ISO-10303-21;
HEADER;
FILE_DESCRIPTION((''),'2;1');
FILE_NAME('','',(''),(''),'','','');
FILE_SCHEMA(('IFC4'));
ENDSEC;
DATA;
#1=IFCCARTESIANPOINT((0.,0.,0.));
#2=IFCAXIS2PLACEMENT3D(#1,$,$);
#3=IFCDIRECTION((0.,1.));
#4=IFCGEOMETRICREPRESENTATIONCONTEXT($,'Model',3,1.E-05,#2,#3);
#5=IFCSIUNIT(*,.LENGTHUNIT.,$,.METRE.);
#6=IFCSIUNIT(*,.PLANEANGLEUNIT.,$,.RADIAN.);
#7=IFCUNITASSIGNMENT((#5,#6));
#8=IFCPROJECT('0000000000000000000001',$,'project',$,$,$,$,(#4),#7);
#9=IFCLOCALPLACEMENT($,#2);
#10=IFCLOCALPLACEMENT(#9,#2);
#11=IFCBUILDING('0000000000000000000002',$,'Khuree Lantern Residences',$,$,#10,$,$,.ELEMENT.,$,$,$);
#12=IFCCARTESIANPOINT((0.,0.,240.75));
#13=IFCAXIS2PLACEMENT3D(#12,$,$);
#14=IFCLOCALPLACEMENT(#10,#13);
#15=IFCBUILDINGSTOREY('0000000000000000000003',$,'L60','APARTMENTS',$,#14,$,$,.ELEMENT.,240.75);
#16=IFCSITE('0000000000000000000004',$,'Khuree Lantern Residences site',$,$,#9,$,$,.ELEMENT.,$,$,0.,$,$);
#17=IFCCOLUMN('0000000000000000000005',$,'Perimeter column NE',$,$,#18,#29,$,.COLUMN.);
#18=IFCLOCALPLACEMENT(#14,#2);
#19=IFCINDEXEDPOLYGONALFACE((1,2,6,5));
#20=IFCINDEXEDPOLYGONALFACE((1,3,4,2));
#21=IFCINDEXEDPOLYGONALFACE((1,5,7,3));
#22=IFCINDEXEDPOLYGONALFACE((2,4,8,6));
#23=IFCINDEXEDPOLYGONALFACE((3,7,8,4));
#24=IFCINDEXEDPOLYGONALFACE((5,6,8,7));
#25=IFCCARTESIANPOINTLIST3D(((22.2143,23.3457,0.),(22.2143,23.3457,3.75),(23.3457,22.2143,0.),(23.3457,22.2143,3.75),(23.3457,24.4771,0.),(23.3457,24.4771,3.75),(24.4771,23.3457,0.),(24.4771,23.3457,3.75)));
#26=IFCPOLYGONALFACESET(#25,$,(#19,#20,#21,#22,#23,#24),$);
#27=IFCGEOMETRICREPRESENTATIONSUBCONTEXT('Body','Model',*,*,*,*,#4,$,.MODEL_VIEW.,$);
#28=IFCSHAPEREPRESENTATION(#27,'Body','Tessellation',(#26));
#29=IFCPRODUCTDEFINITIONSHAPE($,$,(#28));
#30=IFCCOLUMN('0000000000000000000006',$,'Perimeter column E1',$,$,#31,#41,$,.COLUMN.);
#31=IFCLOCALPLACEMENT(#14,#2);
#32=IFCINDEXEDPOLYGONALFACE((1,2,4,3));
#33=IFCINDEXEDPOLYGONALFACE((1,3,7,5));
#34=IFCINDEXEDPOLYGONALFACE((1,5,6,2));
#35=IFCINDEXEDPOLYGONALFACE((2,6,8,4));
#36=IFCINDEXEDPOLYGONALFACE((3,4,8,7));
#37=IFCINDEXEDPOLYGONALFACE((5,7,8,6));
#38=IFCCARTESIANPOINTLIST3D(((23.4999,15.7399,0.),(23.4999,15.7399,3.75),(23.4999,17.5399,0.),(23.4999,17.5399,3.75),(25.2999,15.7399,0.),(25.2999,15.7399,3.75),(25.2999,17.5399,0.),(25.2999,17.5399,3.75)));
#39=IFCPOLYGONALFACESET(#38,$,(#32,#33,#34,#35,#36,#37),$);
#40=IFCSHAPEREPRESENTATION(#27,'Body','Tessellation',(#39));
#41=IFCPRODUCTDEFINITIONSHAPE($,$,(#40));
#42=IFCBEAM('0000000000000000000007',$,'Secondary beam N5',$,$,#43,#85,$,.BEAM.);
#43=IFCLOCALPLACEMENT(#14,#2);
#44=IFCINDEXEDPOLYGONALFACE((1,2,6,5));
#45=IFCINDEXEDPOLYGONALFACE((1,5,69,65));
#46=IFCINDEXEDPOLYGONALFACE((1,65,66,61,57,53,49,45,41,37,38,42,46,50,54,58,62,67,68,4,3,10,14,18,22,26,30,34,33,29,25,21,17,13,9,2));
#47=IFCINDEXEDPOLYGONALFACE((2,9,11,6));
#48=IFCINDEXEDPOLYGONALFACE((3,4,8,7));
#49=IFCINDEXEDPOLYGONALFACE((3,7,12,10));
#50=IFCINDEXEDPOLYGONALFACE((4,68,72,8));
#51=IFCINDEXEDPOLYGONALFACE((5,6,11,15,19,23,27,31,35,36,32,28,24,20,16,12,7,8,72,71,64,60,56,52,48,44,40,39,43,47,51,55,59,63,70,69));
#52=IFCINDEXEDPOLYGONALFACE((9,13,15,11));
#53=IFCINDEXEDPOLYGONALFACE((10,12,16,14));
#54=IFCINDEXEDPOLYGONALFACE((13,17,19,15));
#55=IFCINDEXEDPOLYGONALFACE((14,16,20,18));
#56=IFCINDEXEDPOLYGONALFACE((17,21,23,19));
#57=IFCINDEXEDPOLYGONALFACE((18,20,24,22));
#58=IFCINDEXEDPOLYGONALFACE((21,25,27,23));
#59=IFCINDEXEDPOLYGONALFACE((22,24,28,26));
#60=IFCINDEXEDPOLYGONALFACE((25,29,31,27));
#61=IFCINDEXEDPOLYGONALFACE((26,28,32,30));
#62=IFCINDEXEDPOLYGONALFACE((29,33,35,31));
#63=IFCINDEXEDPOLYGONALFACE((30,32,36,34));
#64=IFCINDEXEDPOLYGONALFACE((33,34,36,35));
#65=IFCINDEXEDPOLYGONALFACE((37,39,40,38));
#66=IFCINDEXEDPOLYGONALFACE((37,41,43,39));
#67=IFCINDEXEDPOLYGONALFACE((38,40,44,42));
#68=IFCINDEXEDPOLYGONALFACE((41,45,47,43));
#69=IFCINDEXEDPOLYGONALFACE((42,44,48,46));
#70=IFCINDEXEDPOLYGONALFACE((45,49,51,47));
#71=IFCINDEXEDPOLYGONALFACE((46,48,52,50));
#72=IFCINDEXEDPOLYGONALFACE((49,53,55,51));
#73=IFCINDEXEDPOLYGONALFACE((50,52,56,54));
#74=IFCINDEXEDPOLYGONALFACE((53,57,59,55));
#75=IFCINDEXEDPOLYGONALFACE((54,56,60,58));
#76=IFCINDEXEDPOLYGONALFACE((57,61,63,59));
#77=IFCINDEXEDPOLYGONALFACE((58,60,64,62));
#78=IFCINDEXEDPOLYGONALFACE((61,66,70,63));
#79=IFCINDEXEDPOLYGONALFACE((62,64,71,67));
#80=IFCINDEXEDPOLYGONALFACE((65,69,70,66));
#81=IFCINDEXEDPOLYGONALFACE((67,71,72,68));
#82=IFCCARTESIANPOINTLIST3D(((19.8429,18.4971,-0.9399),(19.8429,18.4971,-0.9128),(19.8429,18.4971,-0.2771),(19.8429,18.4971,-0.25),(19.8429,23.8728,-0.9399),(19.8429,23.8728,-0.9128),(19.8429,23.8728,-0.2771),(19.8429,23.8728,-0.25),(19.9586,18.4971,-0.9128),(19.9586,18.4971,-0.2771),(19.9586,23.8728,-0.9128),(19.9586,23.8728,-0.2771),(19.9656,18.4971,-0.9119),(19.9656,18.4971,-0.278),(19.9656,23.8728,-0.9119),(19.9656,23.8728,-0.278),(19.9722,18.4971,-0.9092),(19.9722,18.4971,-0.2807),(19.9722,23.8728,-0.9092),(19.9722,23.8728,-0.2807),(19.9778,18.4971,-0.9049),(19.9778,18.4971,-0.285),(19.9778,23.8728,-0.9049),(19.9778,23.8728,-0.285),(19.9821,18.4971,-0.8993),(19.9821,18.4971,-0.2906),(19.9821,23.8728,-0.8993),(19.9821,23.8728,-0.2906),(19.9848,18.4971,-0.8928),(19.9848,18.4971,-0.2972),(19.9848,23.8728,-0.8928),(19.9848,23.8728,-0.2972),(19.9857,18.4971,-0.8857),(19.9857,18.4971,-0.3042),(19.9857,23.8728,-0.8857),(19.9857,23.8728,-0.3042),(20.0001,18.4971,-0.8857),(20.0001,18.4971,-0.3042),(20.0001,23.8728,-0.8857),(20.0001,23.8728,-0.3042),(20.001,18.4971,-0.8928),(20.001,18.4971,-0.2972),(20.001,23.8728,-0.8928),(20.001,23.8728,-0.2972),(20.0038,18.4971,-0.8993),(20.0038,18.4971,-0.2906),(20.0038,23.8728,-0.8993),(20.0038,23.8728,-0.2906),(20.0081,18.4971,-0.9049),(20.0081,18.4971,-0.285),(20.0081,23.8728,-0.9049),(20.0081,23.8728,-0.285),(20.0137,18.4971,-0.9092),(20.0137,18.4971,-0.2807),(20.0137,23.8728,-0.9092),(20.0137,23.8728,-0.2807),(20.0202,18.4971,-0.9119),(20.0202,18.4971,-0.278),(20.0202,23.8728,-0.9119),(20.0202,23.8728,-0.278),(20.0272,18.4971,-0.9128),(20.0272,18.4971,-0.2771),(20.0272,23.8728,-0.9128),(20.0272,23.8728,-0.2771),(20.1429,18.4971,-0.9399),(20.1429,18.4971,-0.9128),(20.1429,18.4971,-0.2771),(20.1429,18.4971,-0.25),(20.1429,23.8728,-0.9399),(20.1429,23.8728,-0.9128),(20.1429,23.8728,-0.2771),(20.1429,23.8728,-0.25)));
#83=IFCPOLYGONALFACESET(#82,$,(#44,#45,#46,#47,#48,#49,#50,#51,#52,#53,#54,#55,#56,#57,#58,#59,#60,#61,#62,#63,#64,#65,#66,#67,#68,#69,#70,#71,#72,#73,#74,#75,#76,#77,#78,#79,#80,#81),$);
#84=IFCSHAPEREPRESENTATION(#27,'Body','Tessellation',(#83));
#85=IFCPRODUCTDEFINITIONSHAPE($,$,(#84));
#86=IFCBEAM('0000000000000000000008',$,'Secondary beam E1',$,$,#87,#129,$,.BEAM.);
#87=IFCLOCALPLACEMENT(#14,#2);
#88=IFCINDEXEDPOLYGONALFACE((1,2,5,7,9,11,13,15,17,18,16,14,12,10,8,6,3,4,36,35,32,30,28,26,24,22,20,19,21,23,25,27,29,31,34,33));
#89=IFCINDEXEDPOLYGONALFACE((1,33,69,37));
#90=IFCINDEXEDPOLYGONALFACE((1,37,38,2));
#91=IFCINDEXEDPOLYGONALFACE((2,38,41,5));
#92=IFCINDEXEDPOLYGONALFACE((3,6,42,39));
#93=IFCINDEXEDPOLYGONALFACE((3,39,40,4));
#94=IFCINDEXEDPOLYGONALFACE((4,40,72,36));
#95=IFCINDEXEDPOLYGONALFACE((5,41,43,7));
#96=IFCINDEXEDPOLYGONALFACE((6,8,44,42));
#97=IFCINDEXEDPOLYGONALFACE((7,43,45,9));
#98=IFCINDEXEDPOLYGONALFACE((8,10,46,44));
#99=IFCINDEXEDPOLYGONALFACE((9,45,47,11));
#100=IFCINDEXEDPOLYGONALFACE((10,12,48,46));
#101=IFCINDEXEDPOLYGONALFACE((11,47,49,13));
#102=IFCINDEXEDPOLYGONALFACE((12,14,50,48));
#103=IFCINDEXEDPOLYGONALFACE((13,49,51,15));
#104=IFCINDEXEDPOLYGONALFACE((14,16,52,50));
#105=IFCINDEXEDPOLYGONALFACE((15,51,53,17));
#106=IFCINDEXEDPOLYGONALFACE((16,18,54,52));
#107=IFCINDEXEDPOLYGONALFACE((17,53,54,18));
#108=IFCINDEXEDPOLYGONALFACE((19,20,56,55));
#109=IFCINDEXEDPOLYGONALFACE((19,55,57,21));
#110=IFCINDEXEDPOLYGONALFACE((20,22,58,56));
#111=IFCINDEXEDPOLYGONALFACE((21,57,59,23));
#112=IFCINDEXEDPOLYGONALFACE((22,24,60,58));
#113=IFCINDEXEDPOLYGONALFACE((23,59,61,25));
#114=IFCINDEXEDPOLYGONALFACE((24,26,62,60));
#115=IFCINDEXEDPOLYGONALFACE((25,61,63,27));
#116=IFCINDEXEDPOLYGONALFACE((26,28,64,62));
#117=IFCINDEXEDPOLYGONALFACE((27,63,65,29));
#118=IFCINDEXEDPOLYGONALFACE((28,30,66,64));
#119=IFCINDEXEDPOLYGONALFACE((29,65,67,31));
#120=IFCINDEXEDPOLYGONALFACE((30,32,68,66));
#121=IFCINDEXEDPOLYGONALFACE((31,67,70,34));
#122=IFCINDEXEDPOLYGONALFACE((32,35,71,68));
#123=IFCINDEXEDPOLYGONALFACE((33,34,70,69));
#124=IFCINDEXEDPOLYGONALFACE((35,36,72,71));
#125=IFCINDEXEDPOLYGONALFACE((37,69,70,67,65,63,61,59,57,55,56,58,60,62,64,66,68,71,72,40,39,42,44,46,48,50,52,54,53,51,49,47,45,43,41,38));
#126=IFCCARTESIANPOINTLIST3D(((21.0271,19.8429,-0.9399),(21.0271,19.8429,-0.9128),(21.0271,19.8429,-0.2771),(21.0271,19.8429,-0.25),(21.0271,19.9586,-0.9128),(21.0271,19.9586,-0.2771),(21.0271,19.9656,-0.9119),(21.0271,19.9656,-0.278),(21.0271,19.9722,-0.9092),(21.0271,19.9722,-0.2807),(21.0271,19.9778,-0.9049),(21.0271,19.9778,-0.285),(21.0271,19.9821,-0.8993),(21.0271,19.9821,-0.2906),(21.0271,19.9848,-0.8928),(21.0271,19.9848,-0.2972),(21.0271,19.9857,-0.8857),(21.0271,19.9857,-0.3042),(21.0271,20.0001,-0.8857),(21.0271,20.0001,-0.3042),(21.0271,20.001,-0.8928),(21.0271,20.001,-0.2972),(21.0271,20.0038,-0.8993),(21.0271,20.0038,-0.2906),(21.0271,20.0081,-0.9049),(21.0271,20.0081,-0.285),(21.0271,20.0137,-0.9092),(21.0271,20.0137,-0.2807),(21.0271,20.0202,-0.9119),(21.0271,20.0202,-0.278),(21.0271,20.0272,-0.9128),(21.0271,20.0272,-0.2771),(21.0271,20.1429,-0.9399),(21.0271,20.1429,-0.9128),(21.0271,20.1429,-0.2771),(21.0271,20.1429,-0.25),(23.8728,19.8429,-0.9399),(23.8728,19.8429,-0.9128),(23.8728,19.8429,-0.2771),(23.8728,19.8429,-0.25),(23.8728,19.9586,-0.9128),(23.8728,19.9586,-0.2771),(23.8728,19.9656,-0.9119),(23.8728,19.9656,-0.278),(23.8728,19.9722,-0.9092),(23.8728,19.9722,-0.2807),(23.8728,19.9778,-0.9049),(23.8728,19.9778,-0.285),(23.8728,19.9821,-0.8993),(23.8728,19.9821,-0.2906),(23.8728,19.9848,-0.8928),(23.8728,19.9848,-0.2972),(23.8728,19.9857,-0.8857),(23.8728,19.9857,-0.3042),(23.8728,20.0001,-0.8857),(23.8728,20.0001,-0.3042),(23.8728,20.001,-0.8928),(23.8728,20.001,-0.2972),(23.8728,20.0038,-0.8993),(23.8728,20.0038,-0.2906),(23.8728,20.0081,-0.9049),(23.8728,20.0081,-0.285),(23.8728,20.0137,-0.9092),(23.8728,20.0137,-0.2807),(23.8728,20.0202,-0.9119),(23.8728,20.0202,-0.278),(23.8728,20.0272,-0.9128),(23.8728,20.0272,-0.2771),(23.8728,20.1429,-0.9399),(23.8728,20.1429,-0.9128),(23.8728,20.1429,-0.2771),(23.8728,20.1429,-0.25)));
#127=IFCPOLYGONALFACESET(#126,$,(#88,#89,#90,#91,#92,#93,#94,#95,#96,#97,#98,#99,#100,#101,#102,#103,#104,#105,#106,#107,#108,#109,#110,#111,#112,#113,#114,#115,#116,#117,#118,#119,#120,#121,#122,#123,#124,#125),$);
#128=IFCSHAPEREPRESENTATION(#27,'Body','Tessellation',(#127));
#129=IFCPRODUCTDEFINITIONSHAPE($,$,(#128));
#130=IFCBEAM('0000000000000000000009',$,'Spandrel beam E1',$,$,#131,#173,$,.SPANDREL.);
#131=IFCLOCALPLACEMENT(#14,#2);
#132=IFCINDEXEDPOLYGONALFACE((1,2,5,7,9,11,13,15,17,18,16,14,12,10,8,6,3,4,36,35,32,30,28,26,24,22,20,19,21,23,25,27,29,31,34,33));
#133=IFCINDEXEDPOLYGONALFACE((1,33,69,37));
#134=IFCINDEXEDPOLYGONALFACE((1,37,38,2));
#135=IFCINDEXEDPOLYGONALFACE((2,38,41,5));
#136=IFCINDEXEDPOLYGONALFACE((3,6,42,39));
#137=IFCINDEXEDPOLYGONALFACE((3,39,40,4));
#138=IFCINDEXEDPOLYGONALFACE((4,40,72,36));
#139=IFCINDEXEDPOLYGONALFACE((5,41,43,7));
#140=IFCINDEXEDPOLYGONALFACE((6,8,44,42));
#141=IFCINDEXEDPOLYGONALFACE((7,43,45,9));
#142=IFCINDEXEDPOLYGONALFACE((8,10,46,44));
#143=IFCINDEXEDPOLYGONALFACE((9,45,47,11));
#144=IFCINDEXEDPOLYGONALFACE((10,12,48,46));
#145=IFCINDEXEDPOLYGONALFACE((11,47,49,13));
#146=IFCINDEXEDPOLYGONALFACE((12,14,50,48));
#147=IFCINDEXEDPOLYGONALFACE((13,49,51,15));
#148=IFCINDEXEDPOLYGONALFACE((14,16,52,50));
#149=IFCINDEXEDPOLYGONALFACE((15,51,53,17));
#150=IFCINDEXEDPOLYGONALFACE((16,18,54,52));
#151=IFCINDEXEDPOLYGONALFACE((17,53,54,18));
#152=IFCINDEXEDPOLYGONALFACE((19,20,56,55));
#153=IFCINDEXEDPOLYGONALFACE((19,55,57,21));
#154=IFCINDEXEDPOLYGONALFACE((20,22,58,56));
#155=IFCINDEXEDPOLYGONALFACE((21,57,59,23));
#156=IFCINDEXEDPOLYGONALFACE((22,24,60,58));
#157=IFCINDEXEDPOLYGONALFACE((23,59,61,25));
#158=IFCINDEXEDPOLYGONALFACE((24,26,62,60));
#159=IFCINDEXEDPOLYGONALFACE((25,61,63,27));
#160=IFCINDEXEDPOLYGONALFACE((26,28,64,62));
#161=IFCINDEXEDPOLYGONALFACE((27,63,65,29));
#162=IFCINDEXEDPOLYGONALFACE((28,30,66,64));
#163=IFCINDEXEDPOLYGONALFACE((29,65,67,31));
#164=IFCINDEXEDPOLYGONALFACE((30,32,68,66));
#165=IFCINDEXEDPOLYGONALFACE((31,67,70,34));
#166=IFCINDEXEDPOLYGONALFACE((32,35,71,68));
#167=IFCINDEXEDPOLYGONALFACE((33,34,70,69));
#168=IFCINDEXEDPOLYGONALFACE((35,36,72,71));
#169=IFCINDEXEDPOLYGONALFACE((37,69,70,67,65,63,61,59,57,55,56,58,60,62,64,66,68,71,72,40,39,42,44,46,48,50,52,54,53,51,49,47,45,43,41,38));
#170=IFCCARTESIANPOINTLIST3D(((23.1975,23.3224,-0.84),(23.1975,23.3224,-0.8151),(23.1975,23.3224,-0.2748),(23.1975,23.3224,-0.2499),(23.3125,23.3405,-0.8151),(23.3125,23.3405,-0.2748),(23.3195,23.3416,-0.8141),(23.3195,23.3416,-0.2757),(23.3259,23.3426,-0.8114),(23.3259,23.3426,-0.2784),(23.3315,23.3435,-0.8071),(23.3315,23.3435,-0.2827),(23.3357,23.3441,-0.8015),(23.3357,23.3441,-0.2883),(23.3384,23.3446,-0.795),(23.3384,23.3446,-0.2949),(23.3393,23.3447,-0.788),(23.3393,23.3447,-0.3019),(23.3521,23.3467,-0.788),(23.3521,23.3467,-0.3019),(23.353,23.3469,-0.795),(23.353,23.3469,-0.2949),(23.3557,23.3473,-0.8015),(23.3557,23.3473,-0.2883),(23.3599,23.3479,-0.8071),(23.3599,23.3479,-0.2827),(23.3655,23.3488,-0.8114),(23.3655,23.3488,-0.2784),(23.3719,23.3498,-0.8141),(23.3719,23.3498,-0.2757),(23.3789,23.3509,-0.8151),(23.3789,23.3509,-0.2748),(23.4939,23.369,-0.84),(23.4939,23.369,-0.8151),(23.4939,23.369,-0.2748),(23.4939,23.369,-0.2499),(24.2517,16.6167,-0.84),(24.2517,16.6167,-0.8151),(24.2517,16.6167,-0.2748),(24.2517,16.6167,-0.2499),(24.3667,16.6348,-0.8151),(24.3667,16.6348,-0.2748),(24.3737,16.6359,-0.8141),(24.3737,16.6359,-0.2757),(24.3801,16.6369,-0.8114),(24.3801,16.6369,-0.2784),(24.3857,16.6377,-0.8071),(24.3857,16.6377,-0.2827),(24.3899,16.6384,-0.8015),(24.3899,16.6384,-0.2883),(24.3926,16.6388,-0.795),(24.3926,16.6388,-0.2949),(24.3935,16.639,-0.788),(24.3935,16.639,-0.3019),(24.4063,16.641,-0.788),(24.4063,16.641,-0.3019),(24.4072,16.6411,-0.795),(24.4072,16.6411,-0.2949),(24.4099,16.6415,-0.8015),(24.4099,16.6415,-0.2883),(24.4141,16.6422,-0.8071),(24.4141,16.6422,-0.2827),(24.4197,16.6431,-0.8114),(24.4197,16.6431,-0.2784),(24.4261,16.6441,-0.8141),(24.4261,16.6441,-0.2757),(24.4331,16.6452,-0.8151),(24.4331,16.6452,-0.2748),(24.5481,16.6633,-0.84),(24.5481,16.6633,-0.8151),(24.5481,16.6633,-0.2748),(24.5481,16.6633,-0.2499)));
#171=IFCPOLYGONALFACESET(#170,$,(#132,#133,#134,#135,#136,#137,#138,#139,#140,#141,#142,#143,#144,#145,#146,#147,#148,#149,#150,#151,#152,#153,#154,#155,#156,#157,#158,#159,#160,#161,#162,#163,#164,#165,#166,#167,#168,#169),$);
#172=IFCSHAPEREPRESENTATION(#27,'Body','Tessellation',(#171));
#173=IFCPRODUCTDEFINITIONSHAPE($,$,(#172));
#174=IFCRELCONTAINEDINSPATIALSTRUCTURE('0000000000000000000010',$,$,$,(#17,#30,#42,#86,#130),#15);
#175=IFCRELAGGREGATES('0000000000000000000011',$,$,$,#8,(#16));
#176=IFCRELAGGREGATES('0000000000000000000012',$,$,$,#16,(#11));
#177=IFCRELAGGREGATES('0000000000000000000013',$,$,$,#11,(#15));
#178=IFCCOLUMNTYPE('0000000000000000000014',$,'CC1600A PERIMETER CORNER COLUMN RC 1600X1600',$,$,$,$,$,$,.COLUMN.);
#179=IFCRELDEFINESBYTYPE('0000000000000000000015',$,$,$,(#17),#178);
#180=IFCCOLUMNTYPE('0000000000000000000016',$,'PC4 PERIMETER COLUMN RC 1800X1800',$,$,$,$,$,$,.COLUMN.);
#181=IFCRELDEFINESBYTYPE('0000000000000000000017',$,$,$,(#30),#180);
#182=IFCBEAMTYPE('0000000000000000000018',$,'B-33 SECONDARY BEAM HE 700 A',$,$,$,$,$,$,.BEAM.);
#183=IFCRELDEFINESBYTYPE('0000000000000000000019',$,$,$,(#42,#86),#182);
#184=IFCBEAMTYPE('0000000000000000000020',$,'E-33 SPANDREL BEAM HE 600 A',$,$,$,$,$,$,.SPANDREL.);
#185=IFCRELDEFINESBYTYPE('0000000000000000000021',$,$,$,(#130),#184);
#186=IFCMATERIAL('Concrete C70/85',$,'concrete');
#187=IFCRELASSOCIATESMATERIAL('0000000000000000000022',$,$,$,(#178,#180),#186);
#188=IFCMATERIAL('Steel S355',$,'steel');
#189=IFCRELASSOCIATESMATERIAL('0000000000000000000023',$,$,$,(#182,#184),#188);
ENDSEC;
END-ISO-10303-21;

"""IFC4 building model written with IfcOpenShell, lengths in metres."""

from ifc_helpers import new_model, si_unit, direction, frame, origin, origin_2d, place, context, subcontext, project, spatial, rectangle, i_section, extrude, material, material_profile, profile_set, type_object, element, save


model = new_model("IFC4")

# Units and contexts
model_context = context("Model", 3, precision=1e-05, world=origin(), true_north=direction((0.0, 1.0)))
body_context = subcontext(model_context, "Body", "Model", "MODEL_VIEW")
ifc_project = project(units=[si_unit("LENGTHUNIT", "METRE"), si_unit("PLANEANGLEUNIT", "RADIAN")], contexts=[model_context])

# Site, building, storey
site_placement = place(None, origin())
site = spatial("IfcSite", under=ifc_project, at=site_placement, Name="Khuree Lantern Residences site", CompositionType="ELEMENT", RefElevation=0.0)
building_placement = place(site_placement, origin())
building = spatial("IfcBuilding", under=site, at=building_placement, Name="Khuree Lantern Residences", CompositionType="ELEMENT")
storey_placement = place(building_placement, frame((0.0, 0.0, 240.75)))
storey = spatial("IfcBuildingStorey", under=building, at=storey_placement, Name="L60", Description="APARTMENTS", CompositionType="ELEMENT", Elevation=240.75)

# Columns
ifc_material_1 = material(Name="Concrete C70/85", Category="concrete")
ifc_material_profile_1 = material_profile(ifc_material_1, rectangle(XDim=1.6001, YDim=1.6001, at=origin_2d()), Name="RC 1600X1600")
ifc_profile_set_1 = profile_set([ifc_material_profile_1], Name="Concrete C70/85")
column_type_1 = type_object("IfcColumnType", Name="CC1600A PERIMETER CORNER COLUMN RC 1600X1600", PredefinedType="COLUMN", material=ifc_profile_set_1)
column_1_placement = place(storey_placement, frame((23.3457, 23.3457, 0.0), z_axis=(0.0, 0.0, 1.0), x_axis=(0.707107, -0.707107, 0.0)))
element("IfcColumn", 1, at=column_1_placement, inside=storey, type_object=column_type_1, Name="Perimeter column NE", PredefinedType="COLUMN", context=body_context, shape_type="SweptSolid", body=[
    extrude(rectangle(XDim=1.6001, YDim=1.6001, at=origin_2d()), origin(), (0.0, 0.0, 1.0), 3.75),
])
ifc_material_profile_2 = material_profile(ifc_material_1, rectangle(XDim=1.8, YDim=1.8, at=origin_2d()), Name="RC 1800X1800")
ifc_profile_set_2 = profile_set([ifc_material_profile_2], Name="Concrete C70/85")
column_type_2 = type_object("IfcColumnType", Name="PC4 PERIMETER COLUMN RC 1800X1800", PredefinedType="COLUMN", material=ifc_profile_set_2)
column_2_placement = place(storey_placement, frame((24.3999, 16.6399, 0.0), z_axis=(0.0, 0.0, 1.0), x_axis=(0.0, 1.0, 0.0)))
element("IfcColumn", 2, at=column_2_placement, inside=storey, type_object=column_type_2, Name="Perimeter column E1", PredefinedType="COLUMN", context=body_context, shape_type="SweptSolid", body=[
    extrude(rectangle(XDim=1.8, YDim=1.8, at=origin_2d()), origin(), (0.0, 0.0, 1.0), 3.75),
])

# Beams
ifc_material_2 = material(Name="Steel S355", Category="steel")
ifc_material_profile_3 = material_profile(ifc_material_2, i_section(OverallWidth=0.3, OverallDepth=0.6899, WebThickness=0.0144, FlangeThickness=0.0271, FilletRadius=0.0271, at=origin_2d()), Name="HE 700 A")
ifc_profile_set_3 = profile_set([ifc_material_profile_3], Name="Steel S355")
beam_type_1 = type_object("IfcBeamType", Name="B-33 SECONDARY BEAM HE 700 A", PredefinedType="BEAM", material=ifc_profile_set_3)
beam_1_placement = place(storey_placement, frame((19.9929, 23.8728, -0.595), z_axis=(0.0, -1.0, 0.0), x_axis=(1.0, 0.0, 0.0)))
element("IfcBeam", 3, at=beam_1_placement, inside=storey, type_object=beam_type_1, Name="Secondary beam N5", PredefinedType="BEAM", context=body_context, shape_type="SweptSolid", body=[
    extrude(i_section(OverallWidth=0.3, OverallDepth=0.6899, WebThickness=0.0144, FlangeThickness=0.0271, FilletRadius=0.0271, at=origin_2d()), origin(), (0.0, 0.0, 1.0), 5.3757),
])
beam_2_placement = place(storey_placement, frame((23.8728, 19.9929, -0.595), z_axis=(-1.0, 0.0, 0.0), x_axis=(0.0, -1.0, 0.0)))
element("IfcBeam", 4, at=beam_2_placement, inside=storey, type_object=beam_type_1, Name="Secondary beam E1", PredefinedType="BEAM", context=body_context, shape_type="SweptSolid", body=[
    extrude(i_section(OverallWidth=0.3, OverallDepth=0.6899, WebThickness=0.0144, FlangeThickness=0.0271, FilletRadius=0.0271, at=origin_2d()), origin(), (0.0, 0.0, 1.0), 2.8457),
])
ifc_material_profile_4 = material_profile(ifc_material_2, i_section(OverallWidth=0.3, OverallDepth=0.5901, WebThickness=0.0129, FlangeThickness=0.0249, FilletRadius=0.0271, at=origin_2d()), Name="HE 600 A")
ifc_profile_set_4 = profile_set([ifc_material_profile_4], Name="Steel S355")
beam_type_2 = type_object("IfcBeamType", Name="E-33 SPANDREL BEAM HE 600 A", PredefinedType="SPANDREL", material=ifc_profile_set_4)
beam_3_placement = place(storey_placement, frame((23.3457, 23.3457, -0.5449), z_axis=(0.1553, -0.987867, 0.0), x_axis=(0.987867, 0.1553, 0.0)))
element("IfcBeam", 5, at=beam_3_placement, inside=storey, type_object=beam_type_2, Name="Spandrel beam E1", PredefinedType="SPANDREL", context=body_context, shape_type="SweptSolid", body=[
    extrude(i_section(OverallWidth=0.3, OverallDepth=0.5901, WebThickness=0.0129, FlangeThickness=0.0249, FilletRadius=0.0271, at=origin_2d()), origin(), (0.0, 0.0, 1.0), 6.7881),
])

save(model, "model.ifc")
